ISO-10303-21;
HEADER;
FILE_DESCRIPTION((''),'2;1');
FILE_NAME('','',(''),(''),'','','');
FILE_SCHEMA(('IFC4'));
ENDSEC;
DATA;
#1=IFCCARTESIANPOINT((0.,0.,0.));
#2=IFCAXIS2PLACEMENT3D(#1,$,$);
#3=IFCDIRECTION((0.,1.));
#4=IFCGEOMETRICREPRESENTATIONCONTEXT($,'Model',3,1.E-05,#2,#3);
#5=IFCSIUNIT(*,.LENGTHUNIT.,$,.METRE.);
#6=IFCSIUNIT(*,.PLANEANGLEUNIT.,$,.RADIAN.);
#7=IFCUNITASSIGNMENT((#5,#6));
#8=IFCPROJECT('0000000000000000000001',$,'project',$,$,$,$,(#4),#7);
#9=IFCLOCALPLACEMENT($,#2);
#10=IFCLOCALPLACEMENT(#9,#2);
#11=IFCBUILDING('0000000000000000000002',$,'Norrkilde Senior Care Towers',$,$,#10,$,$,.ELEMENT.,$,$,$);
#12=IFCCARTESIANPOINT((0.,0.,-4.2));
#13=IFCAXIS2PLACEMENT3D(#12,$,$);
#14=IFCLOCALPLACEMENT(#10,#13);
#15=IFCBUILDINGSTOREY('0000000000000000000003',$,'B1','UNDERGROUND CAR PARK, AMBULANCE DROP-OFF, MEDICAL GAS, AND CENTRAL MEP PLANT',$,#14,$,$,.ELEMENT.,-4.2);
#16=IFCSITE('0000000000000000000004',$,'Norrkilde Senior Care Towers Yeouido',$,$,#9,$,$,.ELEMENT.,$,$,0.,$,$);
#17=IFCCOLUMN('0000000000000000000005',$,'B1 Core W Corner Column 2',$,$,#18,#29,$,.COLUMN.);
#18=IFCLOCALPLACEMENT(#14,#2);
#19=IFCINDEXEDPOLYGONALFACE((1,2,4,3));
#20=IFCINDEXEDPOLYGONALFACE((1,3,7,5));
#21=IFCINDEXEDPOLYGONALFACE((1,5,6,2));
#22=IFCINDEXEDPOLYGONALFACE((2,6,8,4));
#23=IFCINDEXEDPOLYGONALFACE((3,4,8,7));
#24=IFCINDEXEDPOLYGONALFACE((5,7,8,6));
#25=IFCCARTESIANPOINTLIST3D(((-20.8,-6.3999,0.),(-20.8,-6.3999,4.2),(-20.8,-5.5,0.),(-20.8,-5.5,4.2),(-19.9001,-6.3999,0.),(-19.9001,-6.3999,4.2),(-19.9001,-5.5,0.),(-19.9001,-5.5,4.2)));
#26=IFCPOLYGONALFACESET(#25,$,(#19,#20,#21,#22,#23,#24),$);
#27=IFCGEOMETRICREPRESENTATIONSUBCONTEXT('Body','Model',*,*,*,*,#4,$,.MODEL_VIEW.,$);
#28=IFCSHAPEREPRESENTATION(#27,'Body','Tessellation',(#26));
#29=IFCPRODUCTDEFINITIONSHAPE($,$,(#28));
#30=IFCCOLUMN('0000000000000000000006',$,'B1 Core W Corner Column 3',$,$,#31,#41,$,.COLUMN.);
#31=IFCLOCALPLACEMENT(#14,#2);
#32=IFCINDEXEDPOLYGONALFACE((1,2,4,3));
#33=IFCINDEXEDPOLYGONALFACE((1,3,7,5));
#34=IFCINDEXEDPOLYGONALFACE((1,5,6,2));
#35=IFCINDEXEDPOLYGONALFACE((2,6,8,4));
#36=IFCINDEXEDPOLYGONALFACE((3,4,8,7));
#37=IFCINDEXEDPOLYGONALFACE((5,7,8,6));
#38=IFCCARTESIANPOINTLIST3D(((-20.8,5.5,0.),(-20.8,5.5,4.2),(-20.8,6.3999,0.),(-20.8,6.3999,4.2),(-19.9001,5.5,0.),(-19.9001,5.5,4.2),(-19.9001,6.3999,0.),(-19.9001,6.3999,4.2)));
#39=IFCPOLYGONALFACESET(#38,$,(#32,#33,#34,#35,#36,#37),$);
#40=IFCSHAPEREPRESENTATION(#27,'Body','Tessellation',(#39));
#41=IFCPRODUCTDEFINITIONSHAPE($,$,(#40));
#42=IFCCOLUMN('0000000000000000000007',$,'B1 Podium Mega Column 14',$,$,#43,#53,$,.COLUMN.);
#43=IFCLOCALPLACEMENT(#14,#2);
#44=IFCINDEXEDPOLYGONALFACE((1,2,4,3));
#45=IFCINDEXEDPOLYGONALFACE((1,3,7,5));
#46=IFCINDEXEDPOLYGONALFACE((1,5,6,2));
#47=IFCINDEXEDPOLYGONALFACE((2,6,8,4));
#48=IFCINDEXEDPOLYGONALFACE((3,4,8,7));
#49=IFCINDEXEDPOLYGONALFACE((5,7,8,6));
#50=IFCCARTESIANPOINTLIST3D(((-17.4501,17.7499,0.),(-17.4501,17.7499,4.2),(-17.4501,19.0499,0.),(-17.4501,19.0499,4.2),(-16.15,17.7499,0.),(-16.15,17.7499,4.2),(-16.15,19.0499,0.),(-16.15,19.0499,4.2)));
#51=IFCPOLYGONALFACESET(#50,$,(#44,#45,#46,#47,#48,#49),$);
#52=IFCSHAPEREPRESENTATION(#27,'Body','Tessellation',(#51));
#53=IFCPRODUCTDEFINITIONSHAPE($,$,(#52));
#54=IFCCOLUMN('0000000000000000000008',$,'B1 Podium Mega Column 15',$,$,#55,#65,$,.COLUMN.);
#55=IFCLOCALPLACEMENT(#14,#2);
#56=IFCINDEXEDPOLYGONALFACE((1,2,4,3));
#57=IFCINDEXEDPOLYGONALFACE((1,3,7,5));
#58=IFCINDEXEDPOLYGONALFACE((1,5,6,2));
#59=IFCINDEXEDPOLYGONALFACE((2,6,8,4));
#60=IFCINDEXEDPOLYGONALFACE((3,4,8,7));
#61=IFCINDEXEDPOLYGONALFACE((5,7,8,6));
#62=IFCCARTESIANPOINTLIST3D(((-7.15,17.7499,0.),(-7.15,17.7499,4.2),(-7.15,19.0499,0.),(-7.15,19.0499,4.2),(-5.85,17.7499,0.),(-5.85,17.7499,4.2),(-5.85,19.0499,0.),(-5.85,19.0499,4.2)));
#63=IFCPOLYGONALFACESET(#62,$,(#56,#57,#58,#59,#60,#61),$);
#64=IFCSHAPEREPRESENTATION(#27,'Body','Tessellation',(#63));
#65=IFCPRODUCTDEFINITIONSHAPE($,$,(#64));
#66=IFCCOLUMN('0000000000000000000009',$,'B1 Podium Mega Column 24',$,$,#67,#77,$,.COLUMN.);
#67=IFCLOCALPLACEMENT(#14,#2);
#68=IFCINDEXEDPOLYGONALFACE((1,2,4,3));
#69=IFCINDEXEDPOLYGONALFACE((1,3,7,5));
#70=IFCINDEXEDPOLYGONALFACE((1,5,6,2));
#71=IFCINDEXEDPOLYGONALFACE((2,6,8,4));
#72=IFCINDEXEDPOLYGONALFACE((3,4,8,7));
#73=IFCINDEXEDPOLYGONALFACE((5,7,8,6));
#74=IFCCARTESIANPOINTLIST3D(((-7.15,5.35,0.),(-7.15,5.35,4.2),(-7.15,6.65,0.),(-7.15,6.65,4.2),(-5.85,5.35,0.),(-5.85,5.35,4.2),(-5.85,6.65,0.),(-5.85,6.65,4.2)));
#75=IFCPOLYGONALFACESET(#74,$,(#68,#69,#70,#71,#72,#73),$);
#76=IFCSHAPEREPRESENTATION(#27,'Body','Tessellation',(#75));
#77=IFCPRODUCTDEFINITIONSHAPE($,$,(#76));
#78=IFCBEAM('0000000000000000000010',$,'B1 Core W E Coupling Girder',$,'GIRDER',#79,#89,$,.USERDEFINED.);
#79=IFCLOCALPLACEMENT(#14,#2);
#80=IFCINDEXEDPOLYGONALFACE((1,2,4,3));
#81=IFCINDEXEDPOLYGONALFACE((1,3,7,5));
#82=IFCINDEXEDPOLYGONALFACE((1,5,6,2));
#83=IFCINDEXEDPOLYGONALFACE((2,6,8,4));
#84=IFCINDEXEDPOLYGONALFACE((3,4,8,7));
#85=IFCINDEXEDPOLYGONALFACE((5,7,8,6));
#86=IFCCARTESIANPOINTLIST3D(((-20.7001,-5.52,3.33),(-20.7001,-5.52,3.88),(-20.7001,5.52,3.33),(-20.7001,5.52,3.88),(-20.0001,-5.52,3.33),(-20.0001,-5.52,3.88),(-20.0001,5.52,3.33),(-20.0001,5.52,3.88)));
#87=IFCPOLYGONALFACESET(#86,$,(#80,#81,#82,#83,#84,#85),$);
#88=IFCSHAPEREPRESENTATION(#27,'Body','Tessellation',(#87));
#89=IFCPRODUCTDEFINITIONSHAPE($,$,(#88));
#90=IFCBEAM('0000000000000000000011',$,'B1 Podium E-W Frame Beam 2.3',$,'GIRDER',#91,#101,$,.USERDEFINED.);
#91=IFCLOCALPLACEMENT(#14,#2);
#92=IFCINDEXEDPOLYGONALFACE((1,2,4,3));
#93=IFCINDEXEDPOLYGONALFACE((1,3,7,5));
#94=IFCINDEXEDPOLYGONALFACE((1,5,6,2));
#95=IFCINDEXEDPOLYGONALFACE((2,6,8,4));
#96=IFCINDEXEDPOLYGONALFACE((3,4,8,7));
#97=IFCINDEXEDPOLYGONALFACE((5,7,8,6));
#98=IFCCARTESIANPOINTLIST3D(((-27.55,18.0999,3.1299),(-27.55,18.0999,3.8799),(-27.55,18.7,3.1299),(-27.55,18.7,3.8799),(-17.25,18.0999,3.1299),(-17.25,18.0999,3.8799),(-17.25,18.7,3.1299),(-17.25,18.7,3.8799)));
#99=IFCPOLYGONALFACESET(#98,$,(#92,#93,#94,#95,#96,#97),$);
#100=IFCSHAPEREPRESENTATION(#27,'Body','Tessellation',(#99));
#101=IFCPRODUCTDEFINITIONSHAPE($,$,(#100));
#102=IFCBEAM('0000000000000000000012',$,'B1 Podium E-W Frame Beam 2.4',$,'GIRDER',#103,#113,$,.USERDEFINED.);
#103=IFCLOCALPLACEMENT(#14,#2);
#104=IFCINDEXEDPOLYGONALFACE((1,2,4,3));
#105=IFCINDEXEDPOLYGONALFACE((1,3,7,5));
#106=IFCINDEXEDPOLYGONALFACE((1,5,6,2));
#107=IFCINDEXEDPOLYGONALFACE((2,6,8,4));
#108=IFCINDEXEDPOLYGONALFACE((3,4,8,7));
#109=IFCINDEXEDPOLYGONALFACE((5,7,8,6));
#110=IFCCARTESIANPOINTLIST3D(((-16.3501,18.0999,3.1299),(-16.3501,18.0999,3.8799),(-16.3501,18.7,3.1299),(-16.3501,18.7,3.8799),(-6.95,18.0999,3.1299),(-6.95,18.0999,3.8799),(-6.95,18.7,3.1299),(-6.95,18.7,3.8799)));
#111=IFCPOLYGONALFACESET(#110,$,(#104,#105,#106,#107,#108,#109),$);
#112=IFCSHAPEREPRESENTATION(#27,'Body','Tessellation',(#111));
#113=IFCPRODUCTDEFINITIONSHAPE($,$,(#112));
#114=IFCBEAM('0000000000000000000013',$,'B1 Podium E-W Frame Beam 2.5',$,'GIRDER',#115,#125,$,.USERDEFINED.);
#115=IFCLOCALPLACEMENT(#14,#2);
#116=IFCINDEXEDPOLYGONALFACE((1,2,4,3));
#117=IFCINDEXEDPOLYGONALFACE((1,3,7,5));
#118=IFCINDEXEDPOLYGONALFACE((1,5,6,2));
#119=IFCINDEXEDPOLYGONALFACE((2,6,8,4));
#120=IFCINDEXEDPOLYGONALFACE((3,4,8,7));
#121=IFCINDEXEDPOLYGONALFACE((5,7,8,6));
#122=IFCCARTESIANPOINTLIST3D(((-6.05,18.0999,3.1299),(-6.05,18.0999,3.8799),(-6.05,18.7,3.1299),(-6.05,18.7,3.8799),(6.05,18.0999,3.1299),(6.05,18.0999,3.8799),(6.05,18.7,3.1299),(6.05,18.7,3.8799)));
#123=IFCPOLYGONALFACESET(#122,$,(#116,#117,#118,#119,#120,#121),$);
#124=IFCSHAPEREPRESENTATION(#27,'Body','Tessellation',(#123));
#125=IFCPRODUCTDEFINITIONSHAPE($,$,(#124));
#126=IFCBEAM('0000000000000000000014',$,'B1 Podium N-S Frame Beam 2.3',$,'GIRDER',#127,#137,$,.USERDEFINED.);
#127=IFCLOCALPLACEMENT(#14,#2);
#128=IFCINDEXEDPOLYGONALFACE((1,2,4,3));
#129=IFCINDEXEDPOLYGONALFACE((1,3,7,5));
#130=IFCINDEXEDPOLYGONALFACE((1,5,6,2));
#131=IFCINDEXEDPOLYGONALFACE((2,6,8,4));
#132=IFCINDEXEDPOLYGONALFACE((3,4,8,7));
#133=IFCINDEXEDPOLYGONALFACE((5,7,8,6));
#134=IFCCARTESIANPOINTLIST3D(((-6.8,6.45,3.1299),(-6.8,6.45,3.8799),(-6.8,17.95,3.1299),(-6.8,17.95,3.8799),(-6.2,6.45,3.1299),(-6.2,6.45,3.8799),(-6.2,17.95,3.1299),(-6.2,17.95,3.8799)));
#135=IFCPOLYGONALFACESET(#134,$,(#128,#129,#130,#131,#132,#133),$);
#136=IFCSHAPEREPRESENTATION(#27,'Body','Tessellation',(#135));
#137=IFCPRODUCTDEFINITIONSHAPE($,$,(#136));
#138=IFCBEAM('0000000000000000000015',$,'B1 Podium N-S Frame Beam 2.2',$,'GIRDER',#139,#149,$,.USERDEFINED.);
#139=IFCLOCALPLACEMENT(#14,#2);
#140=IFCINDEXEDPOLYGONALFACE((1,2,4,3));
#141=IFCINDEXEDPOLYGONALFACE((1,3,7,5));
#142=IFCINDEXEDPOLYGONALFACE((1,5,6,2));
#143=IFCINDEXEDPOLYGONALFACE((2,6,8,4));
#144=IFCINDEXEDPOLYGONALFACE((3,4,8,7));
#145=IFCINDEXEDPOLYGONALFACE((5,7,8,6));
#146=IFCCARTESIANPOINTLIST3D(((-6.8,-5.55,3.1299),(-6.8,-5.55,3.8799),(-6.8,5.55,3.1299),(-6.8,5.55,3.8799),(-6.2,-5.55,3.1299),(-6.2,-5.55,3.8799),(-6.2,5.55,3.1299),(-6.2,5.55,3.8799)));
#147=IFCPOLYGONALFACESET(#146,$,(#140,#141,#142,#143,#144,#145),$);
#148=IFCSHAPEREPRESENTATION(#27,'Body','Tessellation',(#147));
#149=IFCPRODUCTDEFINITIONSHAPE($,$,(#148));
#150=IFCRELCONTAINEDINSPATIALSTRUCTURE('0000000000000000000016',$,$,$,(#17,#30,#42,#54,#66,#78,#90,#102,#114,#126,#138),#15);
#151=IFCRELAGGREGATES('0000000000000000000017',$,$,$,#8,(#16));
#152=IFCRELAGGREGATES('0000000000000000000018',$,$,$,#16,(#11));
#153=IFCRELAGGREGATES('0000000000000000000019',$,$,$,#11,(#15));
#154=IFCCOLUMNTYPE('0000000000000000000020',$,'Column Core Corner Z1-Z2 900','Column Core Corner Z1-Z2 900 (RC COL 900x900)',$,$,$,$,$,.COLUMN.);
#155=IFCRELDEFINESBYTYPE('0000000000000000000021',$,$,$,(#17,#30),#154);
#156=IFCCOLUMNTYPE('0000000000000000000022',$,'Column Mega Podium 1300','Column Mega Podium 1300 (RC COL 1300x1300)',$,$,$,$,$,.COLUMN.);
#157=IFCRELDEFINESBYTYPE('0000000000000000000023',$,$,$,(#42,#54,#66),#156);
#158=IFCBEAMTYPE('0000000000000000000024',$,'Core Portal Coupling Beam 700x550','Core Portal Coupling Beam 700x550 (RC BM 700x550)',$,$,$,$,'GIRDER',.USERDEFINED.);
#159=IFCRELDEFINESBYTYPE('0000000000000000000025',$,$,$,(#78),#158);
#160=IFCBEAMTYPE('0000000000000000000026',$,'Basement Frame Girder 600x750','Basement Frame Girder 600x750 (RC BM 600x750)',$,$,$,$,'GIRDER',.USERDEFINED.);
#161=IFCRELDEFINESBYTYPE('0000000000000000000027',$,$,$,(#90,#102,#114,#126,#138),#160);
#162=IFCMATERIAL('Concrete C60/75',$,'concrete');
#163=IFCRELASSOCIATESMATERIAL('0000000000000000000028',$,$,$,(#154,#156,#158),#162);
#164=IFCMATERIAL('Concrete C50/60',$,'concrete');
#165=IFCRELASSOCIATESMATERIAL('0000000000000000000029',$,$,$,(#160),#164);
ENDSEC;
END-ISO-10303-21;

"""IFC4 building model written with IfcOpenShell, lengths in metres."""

from ifc_helpers import new_model, si_unit, direction, frame, origin, origin_2d, place, context, subcontext, project, spatial, rectangle, extrude, source, transform, mapped, material, material_profile, profile_set, type_object, type_shapes, element, save


model = new_model("IFC4")

# Units and contexts
model_context = context("Model", 3, precision=1e-05, world=origin(), true_north=direction((0.0, 1.0)))
body_context = subcontext(model_context, "Body", "Model", "MODEL_VIEW")
ifc_project = project(units=[si_unit("LENGTHUNIT", "METRE"), si_unit("PLANEANGLEUNIT", "RADIAN")], contexts=[model_context])

# Site, building, storey
site_placement = place(None, origin())
site = spatial("IfcSite", under=ifc_project, at=site_placement, Name="Norrkilde Senior Care Towers Yeouido", CompositionType="ELEMENT", RefElevation=0.0)
building_placement = place(site_placement, origin())
building = spatial("IfcBuilding", under=site, at=building_placement, Name="Norrkilde Senior Care Towers", CompositionType="ELEMENT")
storey_placement = place(building_placement, frame((0.0, 0.0, -4.2)))
storey = spatial("IfcBuildingStorey", under=building, at=storey_placement, Name="B1", Description="UNDERGROUND CAR PARK, AMBULANCE DROP-OFF, MEDICAL GAS, AND CENTRAL MEP PLANT", CompositionType="ELEMENT", Elevation=-4.2)

# Columns
ifc_material_1 = material(Name="Concrete C60/75", Category="concrete")
ifc_material_profile_1 = material_profile(ifc_material_1, rectangle(XDim=0.8999, YDim=0.8999, at=origin_2d()), Name="RC COL 900x900")
ifc_profile_set_1 = profile_set([ifc_material_profile_1], Name="Concrete C60/75")
column_type_1 = type_object("IfcColumnType", Name="Column Core Corner Z1-Z2 900", Description="Column Core Corner Z1-Z2 900 (RC COL 900x900)", PredefinedType="COLUMN", material=ifc_profile_set_1)
shared_shape_1 = source(origin(), body_context, "Body", "SweptSolid", [
    extrude(rectangle(XDim=0.8999, YDim=0.8999, at=origin_2d()), origin(), (0.0, 0.0, 1.0), 4.2),
])
type_shapes(column_type_1, [shared_shape_1])
for number, where, z_axis, x_axis, name in (
    (1, (-20.3501, -5.95, 0.0), (0.0, 0.0, 1.0), (1.0, 0.0, 0.0), "B1 Core W Corner Column 2"),
    (2, (-20.3501, 5.95, 0.0), (0.0, 0.0, 1.0), (1.0, 0.0, 0.0), "B1 Core W Corner Column 3"),
):
    element("IfcColumn", number, at=place(storey_placement, frame(where, z_axis=z_axis, x_axis=x_axis)), inside=storey, type_object=column_type_1, Name=name, PredefinedType="COLUMN", context=body_context, shape_type="MappedRepresentation", body=[
        mapped(shared_shape_1, transform((0.0, 0.0, 0.0), x_axis=(1.0, 0.0, 0.0), y_axis=(0.0, 1.0, 0.0), z_axis=(0.0, 0.0, 1.0), scale=1.0)),
    ])
ifc_material_profile_2 = material_profile(ifc_material_1, rectangle(XDim=1.3, YDim=1.3, at=origin_2d()), Name="RC COL 1300x1300")
ifc_profile_set_2 = profile_set([ifc_material_profile_2], Name="Concrete C60/75")
column_type_2 = type_object("IfcColumnType", Name="Column Mega Podium 1300", Description="Column Mega Podium 1300 (RC COL 1300x1300)", PredefinedType="COLUMN", material=ifc_profile_set_2)
shared_shape_2 = source(origin(), body_context, "Body", "SweptSolid", [
    extrude(rectangle(XDim=1.3, YDim=1.3, at=origin_2d()), origin(), (0.0, 0.0, 1.0), 4.2),
])
type_shapes(column_type_2, [shared_shape_2])
for number, where, z_axis, x_axis, name in (
    (3, (-16.8, 18.3999, 0.0), (0.0, 0.0, 1.0), (1.0, 0.0, 0.0), "B1 Podium Mega Column 14"),
    (4, (-6.5, 18.3999, 0.0), (0.0, 0.0, 1.0), (1.0, 0.0, 0.0), "B1 Podium Mega Column 15"),
    (5, (-6.5, 6.0, 0.0), (0.0, 0.0, 1.0), (1.0, 0.0, 0.0), "B1 Podium Mega Column 24"),
):
    element("IfcColumn", number, at=place(storey_placement, frame(where, z_axis=z_axis, x_axis=x_axis)), inside=storey, type_object=column_type_2, Name=name, PredefinedType="COLUMN", context=body_context, shape_type="MappedRepresentation", body=[
        mapped(shared_shape_2, transform((0.0, 0.0, 0.0), x_axis=(1.0, 0.0, 0.0), y_axis=(0.0, 1.0, 0.0), z_axis=(0.0, 0.0, 1.0), scale=1.0)),
    ])

# Beams
ifc_material_profile_3 = material_profile(ifc_material_1, rectangle(XDim=0.7, YDim=0.55, at=origin_2d()), Name="RC BM 700x550")
ifc_profile_set_3 = profile_set([ifc_material_profile_3], Name="Concrete C60/75")
beam_type_1 = type_object("IfcBeamType", Name="Core Portal Coupling Beam 700x550", Description="Core Portal Coupling Beam 700x550 (RC BM 700x550)", ElementType="GIRDER", PredefinedType="USERDEFINED", material=ifc_profile_set_3)
shared_shape_3 = source(origin(), body_context, "Body", "SweptSolid", [
    extrude(rectangle(XDim=0.7, YDim=0.55, at=origin_2d()), origin(), (0.0, 0.0, 1.0), 11.04),
])
type_shapes(beam_type_1, [shared_shape_3])
beam_1_placement = place(storey_placement, frame((-20.3501, -5.52, 3.605), z_axis=(0.0, 1.0, 0.0), x_axis=(-1.0, 0.0, 0.0)))
element("IfcBeam", 6, at=beam_1_placement, inside=storey, type_object=beam_type_1, Name="B1 Core W E Coupling Girder", ObjectType="GIRDER", PredefinedType="USERDEFINED", context=body_context, shape_type="MappedRepresentation", body=[
    mapped(shared_shape_3, transform((0.0, 0.0, 0.0), x_axis=(1.0, 0.0, 0.0), y_axis=(0.0, 1.0, 0.0), z_axis=(0.0, 0.0, 1.0), scale=1.0)),
])
ifc_material_2 = material(Name="Concrete C50/60", Category="concrete")
ifc_material_profile_4 = material_profile(ifc_material_2, rectangle(XDim=0.6001, YDim=0.75, at=origin_2d()), Name="RC BM 600x750")
ifc_profile_set_4 = profile_set([ifc_material_profile_4], Name="Concrete C50/60")
beam_type_2 = type_object("IfcBeamType", Name="Basement Frame Girder 600x750", Description="Basement Frame Girder 600x750 (RC BM 600x750)", ElementType="GIRDER", PredefinedType="USERDEFINED", material=ifc_profile_set_4)
shared_shape_4 = source(origin(), body_context, "Body", "SweptSolid", [
    extrude(rectangle(XDim=0.6001, YDim=0.75, at=origin_2d()), origin(), (0.0, 0.0, 1.0), 10.3),
])
beam_2_placement = place(storey_placement, frame((-27.55, 18.3999, 3.5049), z_axis=(1.0, 0.0, 0.0), x_axis=(0.0, 1.0, 0.0)))
element("IfcBeam", 7, at=beam_2_placement, inside=storey, type_object=beam_type_2, Name="B1 Podium E-W Frame Beam 2.3", ObjectType="GIRDER", PredefinedType="USERDEFINED", context=body_context, shape_type="MappedRepresentation", body=[
    mapped(shared_shape_4, transform((0.0, 0.0, 0.0), x_axis=(1.0, 0.0, 0.0), y_axis=(0.0, 1.0, 0.0), z_axis=(0.0, 0.0, 1.0), scale=1.0)),
])
shared_shape_5 = source(origin(), body_context, "Body", "SweptSolid", [
    extrude(rectangle(XDim=0.6001, YDim=0.75, at=origin_2d()), origin(), (0.0, 0.0, 1.0), 9.4001),
])
beam_3_placement = place(storey_placement, frame((-16.3501, 18.3999, 3.5049), z_axis=(1.0, 0.0, 0.0), x_axis=(0.0, 1.0, 0.0)))
element("IfcBeam", 8, at=beam_3_placement, inside=storey, type_object=beam_type_2, Name="B1 Podium E-W Frame Beam 2.4", ObjectType="GIRDER", PredefinedType="USERDEFINED", context=body_context, shape_type="MappedRepresentation", body=[
    mapped(shared_shape_5, transform((0.0, 0.0, 0.0), x_axis=(1.0, 0.0, 0.0), y_axis=(0.0, 1.0, 0.0), z_axis=(0.0, 0.0, 1.0), scale=1.0)),
])
shared_shape_6 = source(origin(), body_context, "Body", "SweptSolid", [
    extrude(rectangle(XDim=0.6001, YDim=0.75, at=origin_2d()), origin(), (0.0, 0.0, 1.0), 12.1001),
])
beam_4_placement = place(storey_placement, frame((-6.05, 18.3999, 3.5049), z_axis=(1.0, 0.0, 0.0), x_axis=(0.0, 1.0, 0.0)))
element("IfcBeam", 9, at=beam_4_placement, inside=storey, type_object=beam_type_2, Name="B1 Podium E-W Frame Beam 2.5", ObjectType="GIRDER", PredefinedType="USERDEFINED", context=body_context, shape_type="MappedRepresentation", body=[
    mapped(shared_shape_6, transform((0.0, 0.0, 0.0), x_axis=(1.0, 0.0, 0.0), y_axis=(0.0, 1.0, 0.0), z_axis=(0.0, 0.0, 1.0), scale=1.0)),
])
shared_shape_7 = source(origin(), body_context, "Body", "SweptSolid", [
    extrude(rectangle(XDim=0.6001, YDim=0.75, at=origin_2d()), origin(), (0.0, 0.0, 1.0), 11.5),
])
beam_5_placement = place(storey_placement, frame((-6.5, 6.45, 3.5049), z_axis=(0.0, 1.0, 0.0), x_axis=(-1.0, 0.0, 0.0)))
element("IfcBeam", 10, at=beam_5_placement, inside=storey, type_object=beam_type_2, Name="B1 Podium N-S Frame Beam 2.3", ObjectType="GIRDER", PredefinedType="USERDEFINED", context=body_context, shape_type="MappedRepresentation", body=[
    mapped(shared_shape_7, transform((0.0, 0.0, 0.0), x_axis=(1.0, 0.0, 0.0), y_axis=(0.0, 1.0, 0.0), z_axis=(0.0, 0.0, 1.0), scale=1.0)),
])
shared_shape_8 = source(origin(), body_context, "Body", "SweptSolid", [
    extrude(rectangle(XDim=0.6001, YDim=0.75, at=origin_2d()), origin(), (0.0, 0.0, 1.0), 11.1001),
])
type_shapes(beam_type_2, [shared_shape_4, shared_shape_5, shared_shape_6, shared_shape_7, shared_shape_8])
beam_6_placement = place(storey_placement, frame((-6.5, -5.55, 3.5049), z_axis=(0.0, 1.0, 0.0), x_axis=(-1.0, 0.0, 0.0)))
element("IfcBeam", 11, at=beam_6_placement, inside=storey, type_object=beam_type_2, Name="B1 Podium N-S Frame Beam 2.2", ObjectType="GIRDER", PredefinedType="USERDEFINED", context=body_context, shape_type="MappedRepresentation", body=[
    mapped(shared_shape_8, transform((0.0, 0.0, 0.0), x_axis=(1.0, 0.0, 0.0), y_axis=(0.0, 1.0, 0.0), z_axis=(0.0, 0.0, 1.0), scale=1.0)),
])

save(model, "model.ifc")
